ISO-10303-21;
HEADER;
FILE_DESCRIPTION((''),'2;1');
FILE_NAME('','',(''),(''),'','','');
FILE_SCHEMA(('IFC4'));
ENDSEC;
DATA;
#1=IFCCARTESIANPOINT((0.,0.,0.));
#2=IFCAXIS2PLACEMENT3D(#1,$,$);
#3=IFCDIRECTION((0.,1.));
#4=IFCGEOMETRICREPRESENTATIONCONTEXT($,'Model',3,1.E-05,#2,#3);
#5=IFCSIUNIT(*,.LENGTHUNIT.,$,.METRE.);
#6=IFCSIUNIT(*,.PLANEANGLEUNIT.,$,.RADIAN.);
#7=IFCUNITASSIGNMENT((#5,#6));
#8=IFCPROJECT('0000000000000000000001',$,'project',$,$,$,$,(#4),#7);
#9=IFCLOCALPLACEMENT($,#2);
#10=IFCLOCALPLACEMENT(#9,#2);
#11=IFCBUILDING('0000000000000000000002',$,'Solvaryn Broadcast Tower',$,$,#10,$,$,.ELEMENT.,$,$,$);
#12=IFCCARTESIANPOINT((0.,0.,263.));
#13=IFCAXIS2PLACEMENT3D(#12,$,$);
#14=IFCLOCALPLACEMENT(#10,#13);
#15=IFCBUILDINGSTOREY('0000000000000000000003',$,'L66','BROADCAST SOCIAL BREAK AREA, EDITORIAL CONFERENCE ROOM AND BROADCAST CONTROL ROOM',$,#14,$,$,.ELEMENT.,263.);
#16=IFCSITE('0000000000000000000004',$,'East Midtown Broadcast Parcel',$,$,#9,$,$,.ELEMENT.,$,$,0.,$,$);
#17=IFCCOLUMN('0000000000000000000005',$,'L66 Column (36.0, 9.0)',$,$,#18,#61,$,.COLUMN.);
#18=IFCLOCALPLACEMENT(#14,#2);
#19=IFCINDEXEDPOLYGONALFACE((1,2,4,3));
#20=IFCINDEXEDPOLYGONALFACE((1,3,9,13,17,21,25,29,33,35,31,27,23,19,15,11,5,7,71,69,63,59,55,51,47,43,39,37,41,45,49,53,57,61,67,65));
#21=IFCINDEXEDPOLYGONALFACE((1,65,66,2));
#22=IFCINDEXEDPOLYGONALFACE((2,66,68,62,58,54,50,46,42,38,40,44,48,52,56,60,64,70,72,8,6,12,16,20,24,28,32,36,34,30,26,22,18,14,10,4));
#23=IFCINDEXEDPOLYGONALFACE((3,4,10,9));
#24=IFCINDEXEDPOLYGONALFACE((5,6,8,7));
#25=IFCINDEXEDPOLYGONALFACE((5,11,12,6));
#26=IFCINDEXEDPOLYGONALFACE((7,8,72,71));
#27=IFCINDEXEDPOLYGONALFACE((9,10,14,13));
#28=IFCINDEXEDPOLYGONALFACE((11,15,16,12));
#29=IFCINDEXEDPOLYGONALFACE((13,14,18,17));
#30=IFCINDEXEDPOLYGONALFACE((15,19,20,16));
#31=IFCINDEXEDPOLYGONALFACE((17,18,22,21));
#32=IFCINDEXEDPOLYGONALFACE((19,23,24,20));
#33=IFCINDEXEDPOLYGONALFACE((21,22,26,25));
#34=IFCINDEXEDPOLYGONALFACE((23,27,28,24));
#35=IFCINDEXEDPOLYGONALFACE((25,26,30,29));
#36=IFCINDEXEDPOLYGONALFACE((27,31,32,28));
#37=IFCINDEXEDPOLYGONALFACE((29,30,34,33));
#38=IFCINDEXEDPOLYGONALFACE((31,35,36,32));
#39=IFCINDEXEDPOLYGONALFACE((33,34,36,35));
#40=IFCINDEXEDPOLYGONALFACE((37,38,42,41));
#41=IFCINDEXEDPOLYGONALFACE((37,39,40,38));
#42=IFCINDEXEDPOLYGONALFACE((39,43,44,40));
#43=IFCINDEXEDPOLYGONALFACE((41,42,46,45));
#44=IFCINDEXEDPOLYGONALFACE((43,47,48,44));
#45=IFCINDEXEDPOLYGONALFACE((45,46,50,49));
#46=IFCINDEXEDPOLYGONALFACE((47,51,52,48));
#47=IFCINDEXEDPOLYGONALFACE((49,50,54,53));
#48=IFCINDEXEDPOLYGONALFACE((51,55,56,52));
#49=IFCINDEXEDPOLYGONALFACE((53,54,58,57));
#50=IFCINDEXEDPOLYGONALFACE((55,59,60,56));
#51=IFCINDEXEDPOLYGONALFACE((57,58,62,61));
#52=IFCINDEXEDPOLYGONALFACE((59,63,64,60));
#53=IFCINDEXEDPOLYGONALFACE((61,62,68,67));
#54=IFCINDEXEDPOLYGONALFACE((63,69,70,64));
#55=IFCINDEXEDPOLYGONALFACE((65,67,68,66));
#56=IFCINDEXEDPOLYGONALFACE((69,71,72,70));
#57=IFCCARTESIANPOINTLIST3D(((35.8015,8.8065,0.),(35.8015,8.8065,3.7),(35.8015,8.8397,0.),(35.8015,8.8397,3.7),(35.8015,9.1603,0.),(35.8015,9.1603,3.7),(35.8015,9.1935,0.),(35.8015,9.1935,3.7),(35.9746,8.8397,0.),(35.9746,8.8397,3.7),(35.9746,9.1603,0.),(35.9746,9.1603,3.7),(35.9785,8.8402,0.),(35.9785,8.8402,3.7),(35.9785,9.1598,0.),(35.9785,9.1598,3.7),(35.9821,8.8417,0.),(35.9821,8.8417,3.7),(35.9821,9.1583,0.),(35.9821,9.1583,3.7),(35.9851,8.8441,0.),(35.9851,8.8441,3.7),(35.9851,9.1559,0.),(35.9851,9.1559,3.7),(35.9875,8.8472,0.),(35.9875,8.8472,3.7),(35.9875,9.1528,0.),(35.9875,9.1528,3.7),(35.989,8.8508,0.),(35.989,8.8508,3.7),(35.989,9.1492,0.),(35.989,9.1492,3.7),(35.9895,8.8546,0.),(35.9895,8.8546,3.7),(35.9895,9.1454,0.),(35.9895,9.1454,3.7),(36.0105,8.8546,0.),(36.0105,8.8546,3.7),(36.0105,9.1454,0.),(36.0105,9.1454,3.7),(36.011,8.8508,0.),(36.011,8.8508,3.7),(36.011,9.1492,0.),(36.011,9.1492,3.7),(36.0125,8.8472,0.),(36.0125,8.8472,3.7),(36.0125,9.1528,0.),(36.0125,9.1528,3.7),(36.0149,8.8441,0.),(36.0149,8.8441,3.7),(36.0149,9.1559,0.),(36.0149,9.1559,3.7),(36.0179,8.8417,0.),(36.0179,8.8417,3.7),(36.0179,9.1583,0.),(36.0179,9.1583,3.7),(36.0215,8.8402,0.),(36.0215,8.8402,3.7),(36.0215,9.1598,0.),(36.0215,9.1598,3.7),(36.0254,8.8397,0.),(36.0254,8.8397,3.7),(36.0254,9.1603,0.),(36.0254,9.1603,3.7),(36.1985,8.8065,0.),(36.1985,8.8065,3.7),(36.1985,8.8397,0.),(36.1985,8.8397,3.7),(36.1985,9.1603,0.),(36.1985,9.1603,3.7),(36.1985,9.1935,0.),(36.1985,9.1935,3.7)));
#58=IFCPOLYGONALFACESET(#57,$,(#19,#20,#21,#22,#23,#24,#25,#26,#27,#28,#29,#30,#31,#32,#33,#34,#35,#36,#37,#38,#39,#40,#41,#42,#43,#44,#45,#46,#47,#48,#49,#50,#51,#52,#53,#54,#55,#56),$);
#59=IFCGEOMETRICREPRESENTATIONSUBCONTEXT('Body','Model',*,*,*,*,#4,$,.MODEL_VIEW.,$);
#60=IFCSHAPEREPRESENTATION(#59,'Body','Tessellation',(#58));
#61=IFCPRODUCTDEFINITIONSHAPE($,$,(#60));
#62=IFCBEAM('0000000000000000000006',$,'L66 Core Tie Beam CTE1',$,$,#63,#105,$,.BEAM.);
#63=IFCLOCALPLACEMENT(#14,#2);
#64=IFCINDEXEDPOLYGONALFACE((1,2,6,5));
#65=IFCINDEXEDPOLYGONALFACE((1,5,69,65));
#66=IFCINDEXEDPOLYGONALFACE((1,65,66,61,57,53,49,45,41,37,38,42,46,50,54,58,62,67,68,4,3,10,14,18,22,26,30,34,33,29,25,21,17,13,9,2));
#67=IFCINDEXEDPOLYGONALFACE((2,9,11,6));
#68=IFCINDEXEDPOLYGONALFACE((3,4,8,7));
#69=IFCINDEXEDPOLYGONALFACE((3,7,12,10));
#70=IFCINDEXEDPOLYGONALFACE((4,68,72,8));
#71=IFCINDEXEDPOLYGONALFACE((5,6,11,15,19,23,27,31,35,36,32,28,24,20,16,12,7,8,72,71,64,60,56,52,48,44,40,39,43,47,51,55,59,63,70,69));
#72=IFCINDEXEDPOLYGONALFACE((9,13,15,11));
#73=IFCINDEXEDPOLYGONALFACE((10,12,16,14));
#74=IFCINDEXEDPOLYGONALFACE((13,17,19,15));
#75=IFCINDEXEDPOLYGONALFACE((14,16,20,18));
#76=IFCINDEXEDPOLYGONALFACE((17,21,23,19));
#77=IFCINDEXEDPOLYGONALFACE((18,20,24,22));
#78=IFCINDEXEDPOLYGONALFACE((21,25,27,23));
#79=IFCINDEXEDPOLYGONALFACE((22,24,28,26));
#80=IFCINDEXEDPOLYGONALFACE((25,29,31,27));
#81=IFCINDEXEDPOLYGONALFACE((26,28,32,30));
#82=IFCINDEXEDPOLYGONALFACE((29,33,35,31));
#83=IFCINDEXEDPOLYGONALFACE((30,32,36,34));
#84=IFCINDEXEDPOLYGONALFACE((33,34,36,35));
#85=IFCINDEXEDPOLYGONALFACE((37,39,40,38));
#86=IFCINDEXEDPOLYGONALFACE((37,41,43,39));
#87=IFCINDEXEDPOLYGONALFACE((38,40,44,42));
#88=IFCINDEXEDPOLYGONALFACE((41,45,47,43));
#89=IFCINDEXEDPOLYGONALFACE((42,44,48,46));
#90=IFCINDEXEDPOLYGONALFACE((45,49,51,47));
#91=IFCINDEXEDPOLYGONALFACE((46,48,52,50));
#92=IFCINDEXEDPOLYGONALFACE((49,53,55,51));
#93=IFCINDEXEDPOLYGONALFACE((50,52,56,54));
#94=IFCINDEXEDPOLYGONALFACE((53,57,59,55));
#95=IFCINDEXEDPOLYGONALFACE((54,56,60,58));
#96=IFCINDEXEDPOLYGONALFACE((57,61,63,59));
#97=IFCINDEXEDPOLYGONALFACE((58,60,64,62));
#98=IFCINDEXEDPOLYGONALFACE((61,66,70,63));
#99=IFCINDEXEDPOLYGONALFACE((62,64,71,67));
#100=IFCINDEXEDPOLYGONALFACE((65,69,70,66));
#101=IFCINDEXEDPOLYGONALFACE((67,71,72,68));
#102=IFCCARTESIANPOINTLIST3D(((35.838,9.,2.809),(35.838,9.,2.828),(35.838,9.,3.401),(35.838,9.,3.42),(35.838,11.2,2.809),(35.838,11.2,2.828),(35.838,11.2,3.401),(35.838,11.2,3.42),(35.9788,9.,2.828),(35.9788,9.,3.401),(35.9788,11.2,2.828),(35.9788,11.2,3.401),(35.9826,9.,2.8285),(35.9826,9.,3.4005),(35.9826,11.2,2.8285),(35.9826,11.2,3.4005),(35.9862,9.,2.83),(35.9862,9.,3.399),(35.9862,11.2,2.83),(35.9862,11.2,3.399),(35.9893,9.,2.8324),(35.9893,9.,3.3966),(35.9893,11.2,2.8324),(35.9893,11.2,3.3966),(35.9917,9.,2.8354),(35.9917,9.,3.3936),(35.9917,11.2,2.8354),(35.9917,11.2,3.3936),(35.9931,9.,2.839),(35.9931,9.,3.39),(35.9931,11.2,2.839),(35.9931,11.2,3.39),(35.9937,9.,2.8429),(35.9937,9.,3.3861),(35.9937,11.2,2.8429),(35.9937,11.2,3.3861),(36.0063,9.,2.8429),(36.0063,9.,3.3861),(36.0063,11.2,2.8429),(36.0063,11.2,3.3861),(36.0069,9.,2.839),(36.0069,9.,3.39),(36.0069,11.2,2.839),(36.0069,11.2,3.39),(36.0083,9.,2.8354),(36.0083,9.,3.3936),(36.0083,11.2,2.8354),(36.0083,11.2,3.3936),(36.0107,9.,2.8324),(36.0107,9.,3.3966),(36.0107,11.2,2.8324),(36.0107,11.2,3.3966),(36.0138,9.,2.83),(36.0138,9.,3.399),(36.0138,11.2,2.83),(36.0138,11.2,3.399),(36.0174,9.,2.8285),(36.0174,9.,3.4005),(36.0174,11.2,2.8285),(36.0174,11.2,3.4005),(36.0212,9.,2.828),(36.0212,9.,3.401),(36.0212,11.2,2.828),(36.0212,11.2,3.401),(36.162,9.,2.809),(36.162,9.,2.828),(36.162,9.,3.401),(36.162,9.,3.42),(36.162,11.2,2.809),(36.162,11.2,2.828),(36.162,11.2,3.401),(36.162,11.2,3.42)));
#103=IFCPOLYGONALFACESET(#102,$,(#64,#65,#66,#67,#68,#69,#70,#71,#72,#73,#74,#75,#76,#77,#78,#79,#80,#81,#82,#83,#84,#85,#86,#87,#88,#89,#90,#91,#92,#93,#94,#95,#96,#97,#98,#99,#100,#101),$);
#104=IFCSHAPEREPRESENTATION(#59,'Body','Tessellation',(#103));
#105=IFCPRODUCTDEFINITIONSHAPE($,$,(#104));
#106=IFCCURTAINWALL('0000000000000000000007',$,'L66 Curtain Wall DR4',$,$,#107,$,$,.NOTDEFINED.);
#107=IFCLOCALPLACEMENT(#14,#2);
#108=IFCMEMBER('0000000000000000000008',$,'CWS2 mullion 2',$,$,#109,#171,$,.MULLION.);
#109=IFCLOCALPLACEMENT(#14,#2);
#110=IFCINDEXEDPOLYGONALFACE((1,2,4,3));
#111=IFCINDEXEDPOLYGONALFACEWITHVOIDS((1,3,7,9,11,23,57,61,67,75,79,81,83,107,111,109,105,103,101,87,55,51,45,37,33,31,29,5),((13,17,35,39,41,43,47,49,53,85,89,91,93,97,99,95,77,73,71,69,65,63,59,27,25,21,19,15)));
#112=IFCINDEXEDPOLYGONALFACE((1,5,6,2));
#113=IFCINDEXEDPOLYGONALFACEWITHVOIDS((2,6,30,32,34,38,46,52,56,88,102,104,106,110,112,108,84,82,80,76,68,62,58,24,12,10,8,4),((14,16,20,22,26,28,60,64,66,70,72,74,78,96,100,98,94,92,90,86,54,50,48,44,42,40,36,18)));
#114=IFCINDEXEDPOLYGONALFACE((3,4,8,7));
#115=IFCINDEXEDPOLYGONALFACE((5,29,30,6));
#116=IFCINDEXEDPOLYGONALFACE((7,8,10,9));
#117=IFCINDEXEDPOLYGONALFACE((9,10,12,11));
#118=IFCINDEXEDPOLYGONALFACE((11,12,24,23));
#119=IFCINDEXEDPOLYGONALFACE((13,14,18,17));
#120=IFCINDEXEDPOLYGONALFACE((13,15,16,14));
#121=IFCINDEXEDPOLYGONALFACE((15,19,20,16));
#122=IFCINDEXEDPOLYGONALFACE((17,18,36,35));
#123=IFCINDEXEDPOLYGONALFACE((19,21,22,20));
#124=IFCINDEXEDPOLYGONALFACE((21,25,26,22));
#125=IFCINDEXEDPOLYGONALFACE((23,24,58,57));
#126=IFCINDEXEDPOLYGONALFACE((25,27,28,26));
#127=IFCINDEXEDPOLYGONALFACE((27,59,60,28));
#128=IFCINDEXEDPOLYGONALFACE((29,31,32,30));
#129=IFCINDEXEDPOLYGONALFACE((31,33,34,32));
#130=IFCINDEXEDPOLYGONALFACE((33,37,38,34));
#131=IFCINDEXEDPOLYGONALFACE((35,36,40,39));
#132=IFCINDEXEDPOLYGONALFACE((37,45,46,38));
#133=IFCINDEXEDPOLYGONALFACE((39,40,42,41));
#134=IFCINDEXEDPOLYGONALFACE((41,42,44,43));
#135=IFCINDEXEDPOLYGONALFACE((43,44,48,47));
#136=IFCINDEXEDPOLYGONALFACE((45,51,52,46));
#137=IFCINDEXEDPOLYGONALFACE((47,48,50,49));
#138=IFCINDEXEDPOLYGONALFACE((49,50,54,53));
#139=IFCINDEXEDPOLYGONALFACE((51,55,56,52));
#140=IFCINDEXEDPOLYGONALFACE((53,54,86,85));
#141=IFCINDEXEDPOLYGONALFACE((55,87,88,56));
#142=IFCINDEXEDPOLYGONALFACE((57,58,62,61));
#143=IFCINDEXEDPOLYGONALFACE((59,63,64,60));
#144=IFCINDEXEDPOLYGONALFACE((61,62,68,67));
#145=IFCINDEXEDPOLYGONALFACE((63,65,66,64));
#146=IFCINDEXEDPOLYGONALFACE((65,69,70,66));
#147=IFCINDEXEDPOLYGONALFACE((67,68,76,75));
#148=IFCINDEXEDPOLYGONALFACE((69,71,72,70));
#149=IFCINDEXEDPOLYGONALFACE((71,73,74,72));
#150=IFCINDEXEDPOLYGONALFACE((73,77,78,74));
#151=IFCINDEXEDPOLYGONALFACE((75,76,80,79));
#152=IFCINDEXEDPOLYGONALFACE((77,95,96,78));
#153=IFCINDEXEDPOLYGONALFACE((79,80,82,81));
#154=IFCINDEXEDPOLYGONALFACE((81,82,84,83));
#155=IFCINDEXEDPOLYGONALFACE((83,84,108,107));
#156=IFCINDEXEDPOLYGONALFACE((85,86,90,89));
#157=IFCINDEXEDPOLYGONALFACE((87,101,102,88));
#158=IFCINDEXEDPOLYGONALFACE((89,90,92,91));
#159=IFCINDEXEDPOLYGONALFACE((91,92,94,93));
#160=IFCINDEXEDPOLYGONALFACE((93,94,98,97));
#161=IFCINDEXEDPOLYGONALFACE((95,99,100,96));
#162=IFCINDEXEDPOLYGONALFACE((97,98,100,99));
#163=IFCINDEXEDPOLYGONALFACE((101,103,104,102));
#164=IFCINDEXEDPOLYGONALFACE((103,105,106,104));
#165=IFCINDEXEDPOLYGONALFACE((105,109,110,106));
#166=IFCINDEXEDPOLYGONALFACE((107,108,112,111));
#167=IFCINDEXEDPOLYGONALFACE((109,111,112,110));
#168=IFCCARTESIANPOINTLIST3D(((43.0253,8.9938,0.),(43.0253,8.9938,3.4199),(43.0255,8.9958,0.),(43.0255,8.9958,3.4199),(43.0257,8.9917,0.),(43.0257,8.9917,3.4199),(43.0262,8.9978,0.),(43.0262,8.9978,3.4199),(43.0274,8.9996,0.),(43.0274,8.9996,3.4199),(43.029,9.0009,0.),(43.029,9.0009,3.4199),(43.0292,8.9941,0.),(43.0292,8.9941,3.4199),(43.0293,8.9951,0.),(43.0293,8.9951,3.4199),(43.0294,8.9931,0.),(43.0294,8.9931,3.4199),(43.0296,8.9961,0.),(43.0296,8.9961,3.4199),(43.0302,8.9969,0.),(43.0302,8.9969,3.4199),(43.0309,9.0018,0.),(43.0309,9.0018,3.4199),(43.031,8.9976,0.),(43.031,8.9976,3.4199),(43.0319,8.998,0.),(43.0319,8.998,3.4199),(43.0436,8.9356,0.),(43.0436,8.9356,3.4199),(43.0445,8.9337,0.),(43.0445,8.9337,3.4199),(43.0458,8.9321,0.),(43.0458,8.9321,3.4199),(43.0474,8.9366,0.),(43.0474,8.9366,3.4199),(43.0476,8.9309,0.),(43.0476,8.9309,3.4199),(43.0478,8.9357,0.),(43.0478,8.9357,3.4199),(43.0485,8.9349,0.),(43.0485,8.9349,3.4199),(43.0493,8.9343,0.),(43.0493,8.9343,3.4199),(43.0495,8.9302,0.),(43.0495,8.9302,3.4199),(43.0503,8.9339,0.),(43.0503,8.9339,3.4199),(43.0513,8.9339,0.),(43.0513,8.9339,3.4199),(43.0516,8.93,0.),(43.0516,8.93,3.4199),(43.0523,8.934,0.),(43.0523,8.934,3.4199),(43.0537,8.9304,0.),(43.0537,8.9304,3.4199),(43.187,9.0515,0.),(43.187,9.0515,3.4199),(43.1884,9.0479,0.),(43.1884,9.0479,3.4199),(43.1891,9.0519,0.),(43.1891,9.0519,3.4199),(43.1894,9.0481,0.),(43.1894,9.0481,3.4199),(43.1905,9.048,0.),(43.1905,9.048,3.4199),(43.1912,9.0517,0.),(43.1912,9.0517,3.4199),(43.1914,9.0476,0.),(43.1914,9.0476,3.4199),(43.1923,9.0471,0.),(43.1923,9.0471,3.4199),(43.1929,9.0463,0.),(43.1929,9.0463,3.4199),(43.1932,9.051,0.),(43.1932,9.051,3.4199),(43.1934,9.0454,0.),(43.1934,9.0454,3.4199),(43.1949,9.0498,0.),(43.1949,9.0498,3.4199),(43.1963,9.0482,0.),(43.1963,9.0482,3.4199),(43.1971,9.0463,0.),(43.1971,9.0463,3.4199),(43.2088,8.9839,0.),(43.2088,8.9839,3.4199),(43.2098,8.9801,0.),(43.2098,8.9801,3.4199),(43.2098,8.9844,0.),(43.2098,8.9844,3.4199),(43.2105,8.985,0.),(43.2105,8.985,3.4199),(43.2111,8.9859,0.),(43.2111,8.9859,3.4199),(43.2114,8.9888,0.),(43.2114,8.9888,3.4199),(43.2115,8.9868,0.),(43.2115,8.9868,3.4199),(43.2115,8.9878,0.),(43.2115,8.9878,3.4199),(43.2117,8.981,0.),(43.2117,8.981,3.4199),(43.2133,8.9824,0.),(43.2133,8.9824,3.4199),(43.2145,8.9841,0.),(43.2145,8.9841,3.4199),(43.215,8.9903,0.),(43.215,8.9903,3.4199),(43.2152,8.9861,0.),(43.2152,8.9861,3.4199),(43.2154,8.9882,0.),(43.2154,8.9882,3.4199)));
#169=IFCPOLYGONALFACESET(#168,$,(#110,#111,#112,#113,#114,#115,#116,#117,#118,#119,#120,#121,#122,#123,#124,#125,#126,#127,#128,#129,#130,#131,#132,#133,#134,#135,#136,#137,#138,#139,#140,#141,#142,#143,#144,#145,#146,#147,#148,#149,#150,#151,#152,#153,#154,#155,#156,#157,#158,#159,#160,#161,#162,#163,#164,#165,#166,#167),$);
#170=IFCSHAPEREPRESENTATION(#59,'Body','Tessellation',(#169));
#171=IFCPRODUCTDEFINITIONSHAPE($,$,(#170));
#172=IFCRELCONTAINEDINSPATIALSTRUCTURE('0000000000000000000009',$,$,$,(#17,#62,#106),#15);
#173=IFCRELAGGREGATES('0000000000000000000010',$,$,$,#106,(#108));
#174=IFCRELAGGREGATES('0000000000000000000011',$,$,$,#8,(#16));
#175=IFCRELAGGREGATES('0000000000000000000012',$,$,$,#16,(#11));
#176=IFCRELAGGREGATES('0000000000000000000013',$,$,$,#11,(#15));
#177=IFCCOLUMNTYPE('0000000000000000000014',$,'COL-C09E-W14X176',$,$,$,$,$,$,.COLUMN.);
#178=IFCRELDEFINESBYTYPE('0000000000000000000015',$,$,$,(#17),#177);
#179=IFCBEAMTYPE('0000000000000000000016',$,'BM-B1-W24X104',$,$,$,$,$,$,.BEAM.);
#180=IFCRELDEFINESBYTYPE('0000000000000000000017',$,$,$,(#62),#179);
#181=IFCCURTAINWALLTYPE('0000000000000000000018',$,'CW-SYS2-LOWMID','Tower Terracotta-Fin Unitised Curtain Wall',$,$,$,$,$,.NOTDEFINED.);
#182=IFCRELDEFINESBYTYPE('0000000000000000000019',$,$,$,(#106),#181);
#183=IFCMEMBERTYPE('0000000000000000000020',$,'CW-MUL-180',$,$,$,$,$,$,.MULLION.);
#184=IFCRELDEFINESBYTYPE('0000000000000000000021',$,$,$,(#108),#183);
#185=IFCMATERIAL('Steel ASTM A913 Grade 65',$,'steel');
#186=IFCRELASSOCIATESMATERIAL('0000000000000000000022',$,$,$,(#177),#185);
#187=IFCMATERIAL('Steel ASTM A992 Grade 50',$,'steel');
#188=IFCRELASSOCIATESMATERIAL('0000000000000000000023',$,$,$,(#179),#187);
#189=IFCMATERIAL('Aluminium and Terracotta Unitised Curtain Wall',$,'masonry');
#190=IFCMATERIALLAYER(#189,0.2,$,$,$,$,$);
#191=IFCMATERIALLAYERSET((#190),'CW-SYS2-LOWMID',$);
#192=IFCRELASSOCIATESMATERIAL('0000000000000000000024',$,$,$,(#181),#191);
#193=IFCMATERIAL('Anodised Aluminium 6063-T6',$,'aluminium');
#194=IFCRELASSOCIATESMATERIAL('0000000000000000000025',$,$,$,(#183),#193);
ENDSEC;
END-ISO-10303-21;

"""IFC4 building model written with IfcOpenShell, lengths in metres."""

from ifc_helpers import new_model, si_unit, direction, frame, origin, origin_2d, place, context, subcontext, project, spatial, hollow_rectangle, i_section, extrude, material, layer, layer_set, material_profile, profile_set, type_object, element, aggregate, save


model = new_model("IFC4")

# Units and contexts
model_context = context("Model", 3, precision=1e-05, world=origin(), true_north=direction((0.0, 1.0)))
body_context = subcontext(model_context, "Body", "Model", "MODEL_VIEW")
ifc_project = project(units=[si_unit("LENGTHUNIT", "METRE"), si_unit("PLANEANGLEUNIT", "RADIAN")], contexts=[model_context])

# Site, building, storey
site_placement = place(None, origin())
site = spatial("IfcSite", under=ifc_project, at=site_placement, Name="East Midtown Broadcast Parcel", CompositionType="ELEMENT", RefElevation=0.0)
building_placement = place(site_placement, origin())
building = spatial("IfcBuilding", under=site, at=building_placement, Name="Solvaryn Broadcast Tower", CompositionType="ELEMENT")
storey_placement = place(building_placement, frame((0.0, 0.0, 263.0)))
storey = spatial("IfcBuildingStorey", under=building, at=storey_placement, Name="L66", Description="BROADCAST SOCIAL BREAK AREA, EDITORIAL CONFERENCE ROOM AND BROADCAST CONTROL ROOM", CompositionType="ELEMENT", Elevation=263.0)

# Column
ifc_material_1 = material(Name="Steel ASTM A913 Grade 65", Category="steel")
ifc_material_profile_1 = material_profile(ifc_material_1, i_section(OverallWidth=0.397, OverallDepth=0.387, WebThickness=0.021, FlangeThickness=0.0332, FilletRadius=0.0149, at=origin_2d()))
ifc_profile_set_1 = profile_set([ifc_material_profile_1], Name="Steel ASTM A913 Grade 65")
column_type = type_object("IfcColumnType", Name="COL-C09E-W14X176", PredefinedType="COLUMN", material=ifc_profile_set_1)
column_placement = place(storey_placement, frame((36.0, 9.0, 0.0), z_axis=(0.0, 0.0, 1.0), x_axis=(1.0, 0.0, 0.0)))
element("IfcColumn", 1, at=column_placement, inside=storey, type_object=column_type, Name="L66 Column (36.0, 9.0)", PredefinedType="COLUMN", context=body_context, shape_type="SweptSolid", body=[
    extrude(i_section(OverallWidth=0.397, OverallDepth=0.387, WebThickness=0.021, FlangeThickness=0.0332, FilletRadius=0.0149, at=origin_2d()), origin(), (0.0, 0.0, 1.0), 3.7),
])

# Beam
ifc_material_2 = material(Name="Steel ASTM A992 Grade 50", Category="steel")
ifc_material_profile_2 = material_profile(ifc_material_2, i_section(OverallWidth=0.324, OverallDepth=0.6111, WebThickness=0.0127, FlangeThickness=0.019, FilletRadius=0.0149, at=origin_2d()))
ifc_profile_set_2 = profile_set([ifc_material_profile_2], Name="Steel ASTM A992 Grade 50")
beam_type = type_object("IfcBeamType", Name="BM-B1-W24X104", PredefinedType="BEAM", material=ifc_profile_set_2)
beam_placement = place(storey_placement, frame((36.0, 9.0, 3.1145), z_axis=(0.0, 1.0, 0.0), x_axis=(-1.0, 0.0, 0.0)))
element("IfcBeam", 2, at=beam_placement, inside=storey, type_object=beam_type, Name="L66 Core Tie Beam CTE1", PredefinedType="BEAM", context=body_context, shape_type="SweptSolid", body=[
    extrude(i_section(OverallWidth=0.324, OverallDepth=0.6111, WebThickness=0.0127, FlangeThickness=0.019, FilletRadius=0.0149, at=origin_2d()), origin(), (0.0, 0.0, 1.0), 2.2),
])

# Curtain wall, member
ifc_material_3 = material(Name="Aluminium and Terracotta Unitised Curtain Wall", Category="masonry")
ifc_layer_1 = layer(ifc_material_3, 0.2)
ifc_layer_set_1 = layer_set([ifc_layer_1], Name="CW-SYS2-LOWMID")
curtain_wall_type = type_object("IfcCurtainWallType", Name="CW-SYS2-LOWMID", Description="Tower Terracotta-Fin Unitised Curtain Wall", PredefinedType="NOTDEFINED", material=ifc_layer_set_1)
curtain_wall_1_placement = place(storey_placement, origin())
curtain_wall_1 = element("IfcCurtainWall", 3, at=curtain_wall_1_placement, inside=storey, type_object=curtain_wall_type, Name="L66 Curtain Wall DR4", PredefinedType="NOTDEFINED")
ifc_material_4 = material(Name="Anodised Aluminium 6063-T6", Category="aluminium")
ifc_material_profile_3 = material_profile(ifc_material_4, hollow_rectangle(XDim=0.075, YDim=0.1799, WallThickness=0.0039, InnerFilletRadius=0.0039, OuterFilletRadius=0.0081, at=origin_2d()))
ifc_profile_set_3 = profile_set([ifc_material_profile_3], Name="Anodised Aluminium 6063-T6")
member_type = type_object("IfcMemberType", Name="CW-MUL-180", PredefinedType="MULLION", material=ifc_profile_set_3)
member_1_placement = place(storey_placement, frame((43.1204, 8.991, 0.0), z_axis=(0.0, 0.0, 1.0), x_axis=(-0.303616, 0.952795, 0.0)))
member_1 = element("IfcMember", 4, at=member_1_placement, type_object=member_type, Name="CWS2 mullion 2", PredefinedType="MULLION", context=body_context, shape_type="SweptSolid", body=[
    extrude(hollow_rectangle(XDim=0.075, YDim=0.1799, WallThickness=0.0039, InnerFilletRadius=0.0039, OuterFilletRadius=0.0081, at=origin_2d()), origin(), (0.0, 0.0, 1.0), 3.4199),
])

aggregate(curtain_wall_1, [member_1])

save(model, "model.ifc")
